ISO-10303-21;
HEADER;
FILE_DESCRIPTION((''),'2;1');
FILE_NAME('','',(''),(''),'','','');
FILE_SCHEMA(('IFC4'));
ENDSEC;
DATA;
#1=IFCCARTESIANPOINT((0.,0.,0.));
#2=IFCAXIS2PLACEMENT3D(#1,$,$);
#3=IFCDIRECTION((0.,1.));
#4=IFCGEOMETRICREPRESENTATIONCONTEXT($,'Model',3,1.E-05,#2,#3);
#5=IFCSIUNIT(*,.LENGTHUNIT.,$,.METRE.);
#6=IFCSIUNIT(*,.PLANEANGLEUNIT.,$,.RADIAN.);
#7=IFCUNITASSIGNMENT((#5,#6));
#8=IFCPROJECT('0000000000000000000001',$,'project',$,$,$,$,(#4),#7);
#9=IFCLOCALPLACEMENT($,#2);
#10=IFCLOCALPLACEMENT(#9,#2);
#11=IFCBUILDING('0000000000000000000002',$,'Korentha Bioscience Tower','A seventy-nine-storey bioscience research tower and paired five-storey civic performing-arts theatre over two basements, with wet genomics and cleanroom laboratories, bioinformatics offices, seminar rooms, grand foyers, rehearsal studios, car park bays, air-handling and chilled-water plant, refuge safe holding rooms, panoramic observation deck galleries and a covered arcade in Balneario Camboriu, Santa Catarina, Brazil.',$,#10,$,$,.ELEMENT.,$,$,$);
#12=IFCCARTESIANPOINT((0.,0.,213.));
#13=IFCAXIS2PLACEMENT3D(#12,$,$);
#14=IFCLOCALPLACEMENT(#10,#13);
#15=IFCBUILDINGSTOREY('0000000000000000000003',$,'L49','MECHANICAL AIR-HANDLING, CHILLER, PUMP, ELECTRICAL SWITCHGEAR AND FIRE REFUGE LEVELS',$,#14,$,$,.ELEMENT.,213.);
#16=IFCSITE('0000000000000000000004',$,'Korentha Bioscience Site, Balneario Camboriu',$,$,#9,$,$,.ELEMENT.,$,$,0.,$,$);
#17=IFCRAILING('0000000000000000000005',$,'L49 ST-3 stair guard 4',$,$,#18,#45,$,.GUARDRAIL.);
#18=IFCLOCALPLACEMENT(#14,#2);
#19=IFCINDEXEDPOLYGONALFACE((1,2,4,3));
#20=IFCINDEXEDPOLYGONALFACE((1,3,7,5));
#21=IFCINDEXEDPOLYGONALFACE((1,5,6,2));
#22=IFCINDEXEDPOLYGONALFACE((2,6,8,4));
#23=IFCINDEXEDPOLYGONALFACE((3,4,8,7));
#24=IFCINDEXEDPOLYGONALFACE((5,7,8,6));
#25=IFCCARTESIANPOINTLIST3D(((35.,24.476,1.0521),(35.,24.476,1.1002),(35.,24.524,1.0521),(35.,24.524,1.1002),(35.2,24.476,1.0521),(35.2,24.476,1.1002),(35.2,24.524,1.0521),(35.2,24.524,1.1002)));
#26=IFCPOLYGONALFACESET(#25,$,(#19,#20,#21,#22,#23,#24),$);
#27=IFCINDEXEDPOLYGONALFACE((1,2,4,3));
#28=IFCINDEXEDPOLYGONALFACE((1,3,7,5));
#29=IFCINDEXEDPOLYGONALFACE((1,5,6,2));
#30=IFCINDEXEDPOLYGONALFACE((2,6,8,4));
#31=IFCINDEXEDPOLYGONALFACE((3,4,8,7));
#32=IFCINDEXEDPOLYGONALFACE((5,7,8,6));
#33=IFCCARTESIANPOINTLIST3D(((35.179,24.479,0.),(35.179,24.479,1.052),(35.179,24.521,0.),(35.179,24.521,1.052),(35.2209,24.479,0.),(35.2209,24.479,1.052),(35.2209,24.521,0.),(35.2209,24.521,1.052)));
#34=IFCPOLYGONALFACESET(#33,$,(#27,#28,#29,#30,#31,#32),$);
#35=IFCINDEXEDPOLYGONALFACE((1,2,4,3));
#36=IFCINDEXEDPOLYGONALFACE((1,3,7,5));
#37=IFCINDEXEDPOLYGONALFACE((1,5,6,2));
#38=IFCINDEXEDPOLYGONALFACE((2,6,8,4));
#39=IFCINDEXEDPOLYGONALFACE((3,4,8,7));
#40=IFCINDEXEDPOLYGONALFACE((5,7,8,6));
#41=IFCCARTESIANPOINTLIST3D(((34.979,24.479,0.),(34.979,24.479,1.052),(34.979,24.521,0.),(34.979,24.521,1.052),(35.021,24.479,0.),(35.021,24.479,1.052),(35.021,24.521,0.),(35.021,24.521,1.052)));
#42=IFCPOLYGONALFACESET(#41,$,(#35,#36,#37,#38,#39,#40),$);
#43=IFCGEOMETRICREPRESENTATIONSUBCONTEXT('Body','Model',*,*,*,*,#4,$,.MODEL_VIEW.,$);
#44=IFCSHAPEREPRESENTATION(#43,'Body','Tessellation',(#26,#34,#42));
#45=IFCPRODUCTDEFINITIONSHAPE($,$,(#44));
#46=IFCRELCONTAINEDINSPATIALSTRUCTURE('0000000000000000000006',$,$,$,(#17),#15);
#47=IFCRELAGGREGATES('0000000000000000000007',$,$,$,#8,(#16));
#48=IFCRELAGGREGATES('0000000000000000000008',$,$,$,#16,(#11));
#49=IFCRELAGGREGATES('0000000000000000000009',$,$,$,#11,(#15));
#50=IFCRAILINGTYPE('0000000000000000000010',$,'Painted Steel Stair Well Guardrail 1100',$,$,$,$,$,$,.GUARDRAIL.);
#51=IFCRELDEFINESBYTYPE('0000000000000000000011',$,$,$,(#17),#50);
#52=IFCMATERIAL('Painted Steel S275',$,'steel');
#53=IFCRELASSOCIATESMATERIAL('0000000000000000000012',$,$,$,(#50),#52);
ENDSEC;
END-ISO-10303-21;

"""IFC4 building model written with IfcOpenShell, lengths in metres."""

from ifc_helpers import new_model, si_unit, direction, frame, origin, origin_2d, place, context, subcontext, project, spatial, rectangle, extrude, material, type_object, element, save


model = new_model("IFC4")

# Units and contexts
model_context = context("Model", 3, precision=1e-05, world=origin(), true_north=direction((0.0, 1.0)))
body_context = subcontext(model_context, "Body", "Model", "MODEL_VIEW")
ifc_project = project(units=[si_unit("LENGTHUNIT", "METRE"), si_unit("PLANEANGLEUNIT", "RADIAN")], contexts=[model_context])

# Site, building, storey
site_placement = place(None, origin())
site = spatial("IfcSite", under=ifc_project, at=site_placement, Name="Korentha Bioscience Site, Balneario Camboriu", CompositionType="ELEMENT", RefElevation=0.0)
building_placement = place(site_placement, origin())
building = spatial("IfcBuilding", under=site, at=building_placement, Name="Korentha Bioscience Tower", Description="A seventy-nine-storey bioscience research tower and paired five-storey civic performing-arts theatre over two basements, with wet genomics and cleanroom laboratories, bioinformatics offices, seminar rooms, grand foyers, rehearsal studios, car park bays, air-handling and chilled-water plant, refuge safe holding rooms, panoramic observation deck galleries and a covered arcade in Balneario Camboriu, Santa Catarina, Brazil.", CompositionType="ELEMENT")
storey_placement = place(building_placement, frame((0.0, 0.0, 213.0)))
storey = spatial("IfcBuildingStorey", under=building, at=storey_placement, Name="L49", Description="MECHANICAL AIR-HANDLING, CHILLER, PUMP, ELECTRICAL SWITCHGEAR AND FIRE REFUGE LEVELS", CompositionType="ELEMENT", Elevation=213.0)

# Railing
ifc_material_1 = material(Name="Painted Steel S275", Category="steel")
railing_type_1 = type_object("IfcRailingType", Name="Painted Steel Stair Well Guardrail 1100", PredefinedType="GUARDRAIL", material=ifc_material_1)
railing_1_placement = place(storey_placement, frame((35.2, 24.5, 0.0)))
element("IfcRailing", 1, at=railing_1_placement, inside=storey, type_object=railing_type_1, Name="L49 ST-3 stair guard 4", PredefinedType="GUARDRAIL", context=body_context, shape_type="SweptSolid", body=[
    extrude(rectangle(XDim=0.0481, YDim=0.0481, at=origin_2d()), frame((0.0, 0.0, 1.0762), z_axis=(-1.0, 0.0, 0.0), x_axis=(0.0, -1.0, 0.0)), (0.0, 0.0, 1.0), 0.2),
    extrude(rectangle(XDim=0.042, YDim=0.042, at=origin_2d()), origin(), (0.0, 0.0, 1.0), 1.052),
    extrude(rectangle(XDim=0.042, YDim=0.042, at=origin_2d()), frame((-0.2, 0.0, 0.0)), (0.0, 0.0, 1.0), 1.052),
])

save(model, "model.ifc")
